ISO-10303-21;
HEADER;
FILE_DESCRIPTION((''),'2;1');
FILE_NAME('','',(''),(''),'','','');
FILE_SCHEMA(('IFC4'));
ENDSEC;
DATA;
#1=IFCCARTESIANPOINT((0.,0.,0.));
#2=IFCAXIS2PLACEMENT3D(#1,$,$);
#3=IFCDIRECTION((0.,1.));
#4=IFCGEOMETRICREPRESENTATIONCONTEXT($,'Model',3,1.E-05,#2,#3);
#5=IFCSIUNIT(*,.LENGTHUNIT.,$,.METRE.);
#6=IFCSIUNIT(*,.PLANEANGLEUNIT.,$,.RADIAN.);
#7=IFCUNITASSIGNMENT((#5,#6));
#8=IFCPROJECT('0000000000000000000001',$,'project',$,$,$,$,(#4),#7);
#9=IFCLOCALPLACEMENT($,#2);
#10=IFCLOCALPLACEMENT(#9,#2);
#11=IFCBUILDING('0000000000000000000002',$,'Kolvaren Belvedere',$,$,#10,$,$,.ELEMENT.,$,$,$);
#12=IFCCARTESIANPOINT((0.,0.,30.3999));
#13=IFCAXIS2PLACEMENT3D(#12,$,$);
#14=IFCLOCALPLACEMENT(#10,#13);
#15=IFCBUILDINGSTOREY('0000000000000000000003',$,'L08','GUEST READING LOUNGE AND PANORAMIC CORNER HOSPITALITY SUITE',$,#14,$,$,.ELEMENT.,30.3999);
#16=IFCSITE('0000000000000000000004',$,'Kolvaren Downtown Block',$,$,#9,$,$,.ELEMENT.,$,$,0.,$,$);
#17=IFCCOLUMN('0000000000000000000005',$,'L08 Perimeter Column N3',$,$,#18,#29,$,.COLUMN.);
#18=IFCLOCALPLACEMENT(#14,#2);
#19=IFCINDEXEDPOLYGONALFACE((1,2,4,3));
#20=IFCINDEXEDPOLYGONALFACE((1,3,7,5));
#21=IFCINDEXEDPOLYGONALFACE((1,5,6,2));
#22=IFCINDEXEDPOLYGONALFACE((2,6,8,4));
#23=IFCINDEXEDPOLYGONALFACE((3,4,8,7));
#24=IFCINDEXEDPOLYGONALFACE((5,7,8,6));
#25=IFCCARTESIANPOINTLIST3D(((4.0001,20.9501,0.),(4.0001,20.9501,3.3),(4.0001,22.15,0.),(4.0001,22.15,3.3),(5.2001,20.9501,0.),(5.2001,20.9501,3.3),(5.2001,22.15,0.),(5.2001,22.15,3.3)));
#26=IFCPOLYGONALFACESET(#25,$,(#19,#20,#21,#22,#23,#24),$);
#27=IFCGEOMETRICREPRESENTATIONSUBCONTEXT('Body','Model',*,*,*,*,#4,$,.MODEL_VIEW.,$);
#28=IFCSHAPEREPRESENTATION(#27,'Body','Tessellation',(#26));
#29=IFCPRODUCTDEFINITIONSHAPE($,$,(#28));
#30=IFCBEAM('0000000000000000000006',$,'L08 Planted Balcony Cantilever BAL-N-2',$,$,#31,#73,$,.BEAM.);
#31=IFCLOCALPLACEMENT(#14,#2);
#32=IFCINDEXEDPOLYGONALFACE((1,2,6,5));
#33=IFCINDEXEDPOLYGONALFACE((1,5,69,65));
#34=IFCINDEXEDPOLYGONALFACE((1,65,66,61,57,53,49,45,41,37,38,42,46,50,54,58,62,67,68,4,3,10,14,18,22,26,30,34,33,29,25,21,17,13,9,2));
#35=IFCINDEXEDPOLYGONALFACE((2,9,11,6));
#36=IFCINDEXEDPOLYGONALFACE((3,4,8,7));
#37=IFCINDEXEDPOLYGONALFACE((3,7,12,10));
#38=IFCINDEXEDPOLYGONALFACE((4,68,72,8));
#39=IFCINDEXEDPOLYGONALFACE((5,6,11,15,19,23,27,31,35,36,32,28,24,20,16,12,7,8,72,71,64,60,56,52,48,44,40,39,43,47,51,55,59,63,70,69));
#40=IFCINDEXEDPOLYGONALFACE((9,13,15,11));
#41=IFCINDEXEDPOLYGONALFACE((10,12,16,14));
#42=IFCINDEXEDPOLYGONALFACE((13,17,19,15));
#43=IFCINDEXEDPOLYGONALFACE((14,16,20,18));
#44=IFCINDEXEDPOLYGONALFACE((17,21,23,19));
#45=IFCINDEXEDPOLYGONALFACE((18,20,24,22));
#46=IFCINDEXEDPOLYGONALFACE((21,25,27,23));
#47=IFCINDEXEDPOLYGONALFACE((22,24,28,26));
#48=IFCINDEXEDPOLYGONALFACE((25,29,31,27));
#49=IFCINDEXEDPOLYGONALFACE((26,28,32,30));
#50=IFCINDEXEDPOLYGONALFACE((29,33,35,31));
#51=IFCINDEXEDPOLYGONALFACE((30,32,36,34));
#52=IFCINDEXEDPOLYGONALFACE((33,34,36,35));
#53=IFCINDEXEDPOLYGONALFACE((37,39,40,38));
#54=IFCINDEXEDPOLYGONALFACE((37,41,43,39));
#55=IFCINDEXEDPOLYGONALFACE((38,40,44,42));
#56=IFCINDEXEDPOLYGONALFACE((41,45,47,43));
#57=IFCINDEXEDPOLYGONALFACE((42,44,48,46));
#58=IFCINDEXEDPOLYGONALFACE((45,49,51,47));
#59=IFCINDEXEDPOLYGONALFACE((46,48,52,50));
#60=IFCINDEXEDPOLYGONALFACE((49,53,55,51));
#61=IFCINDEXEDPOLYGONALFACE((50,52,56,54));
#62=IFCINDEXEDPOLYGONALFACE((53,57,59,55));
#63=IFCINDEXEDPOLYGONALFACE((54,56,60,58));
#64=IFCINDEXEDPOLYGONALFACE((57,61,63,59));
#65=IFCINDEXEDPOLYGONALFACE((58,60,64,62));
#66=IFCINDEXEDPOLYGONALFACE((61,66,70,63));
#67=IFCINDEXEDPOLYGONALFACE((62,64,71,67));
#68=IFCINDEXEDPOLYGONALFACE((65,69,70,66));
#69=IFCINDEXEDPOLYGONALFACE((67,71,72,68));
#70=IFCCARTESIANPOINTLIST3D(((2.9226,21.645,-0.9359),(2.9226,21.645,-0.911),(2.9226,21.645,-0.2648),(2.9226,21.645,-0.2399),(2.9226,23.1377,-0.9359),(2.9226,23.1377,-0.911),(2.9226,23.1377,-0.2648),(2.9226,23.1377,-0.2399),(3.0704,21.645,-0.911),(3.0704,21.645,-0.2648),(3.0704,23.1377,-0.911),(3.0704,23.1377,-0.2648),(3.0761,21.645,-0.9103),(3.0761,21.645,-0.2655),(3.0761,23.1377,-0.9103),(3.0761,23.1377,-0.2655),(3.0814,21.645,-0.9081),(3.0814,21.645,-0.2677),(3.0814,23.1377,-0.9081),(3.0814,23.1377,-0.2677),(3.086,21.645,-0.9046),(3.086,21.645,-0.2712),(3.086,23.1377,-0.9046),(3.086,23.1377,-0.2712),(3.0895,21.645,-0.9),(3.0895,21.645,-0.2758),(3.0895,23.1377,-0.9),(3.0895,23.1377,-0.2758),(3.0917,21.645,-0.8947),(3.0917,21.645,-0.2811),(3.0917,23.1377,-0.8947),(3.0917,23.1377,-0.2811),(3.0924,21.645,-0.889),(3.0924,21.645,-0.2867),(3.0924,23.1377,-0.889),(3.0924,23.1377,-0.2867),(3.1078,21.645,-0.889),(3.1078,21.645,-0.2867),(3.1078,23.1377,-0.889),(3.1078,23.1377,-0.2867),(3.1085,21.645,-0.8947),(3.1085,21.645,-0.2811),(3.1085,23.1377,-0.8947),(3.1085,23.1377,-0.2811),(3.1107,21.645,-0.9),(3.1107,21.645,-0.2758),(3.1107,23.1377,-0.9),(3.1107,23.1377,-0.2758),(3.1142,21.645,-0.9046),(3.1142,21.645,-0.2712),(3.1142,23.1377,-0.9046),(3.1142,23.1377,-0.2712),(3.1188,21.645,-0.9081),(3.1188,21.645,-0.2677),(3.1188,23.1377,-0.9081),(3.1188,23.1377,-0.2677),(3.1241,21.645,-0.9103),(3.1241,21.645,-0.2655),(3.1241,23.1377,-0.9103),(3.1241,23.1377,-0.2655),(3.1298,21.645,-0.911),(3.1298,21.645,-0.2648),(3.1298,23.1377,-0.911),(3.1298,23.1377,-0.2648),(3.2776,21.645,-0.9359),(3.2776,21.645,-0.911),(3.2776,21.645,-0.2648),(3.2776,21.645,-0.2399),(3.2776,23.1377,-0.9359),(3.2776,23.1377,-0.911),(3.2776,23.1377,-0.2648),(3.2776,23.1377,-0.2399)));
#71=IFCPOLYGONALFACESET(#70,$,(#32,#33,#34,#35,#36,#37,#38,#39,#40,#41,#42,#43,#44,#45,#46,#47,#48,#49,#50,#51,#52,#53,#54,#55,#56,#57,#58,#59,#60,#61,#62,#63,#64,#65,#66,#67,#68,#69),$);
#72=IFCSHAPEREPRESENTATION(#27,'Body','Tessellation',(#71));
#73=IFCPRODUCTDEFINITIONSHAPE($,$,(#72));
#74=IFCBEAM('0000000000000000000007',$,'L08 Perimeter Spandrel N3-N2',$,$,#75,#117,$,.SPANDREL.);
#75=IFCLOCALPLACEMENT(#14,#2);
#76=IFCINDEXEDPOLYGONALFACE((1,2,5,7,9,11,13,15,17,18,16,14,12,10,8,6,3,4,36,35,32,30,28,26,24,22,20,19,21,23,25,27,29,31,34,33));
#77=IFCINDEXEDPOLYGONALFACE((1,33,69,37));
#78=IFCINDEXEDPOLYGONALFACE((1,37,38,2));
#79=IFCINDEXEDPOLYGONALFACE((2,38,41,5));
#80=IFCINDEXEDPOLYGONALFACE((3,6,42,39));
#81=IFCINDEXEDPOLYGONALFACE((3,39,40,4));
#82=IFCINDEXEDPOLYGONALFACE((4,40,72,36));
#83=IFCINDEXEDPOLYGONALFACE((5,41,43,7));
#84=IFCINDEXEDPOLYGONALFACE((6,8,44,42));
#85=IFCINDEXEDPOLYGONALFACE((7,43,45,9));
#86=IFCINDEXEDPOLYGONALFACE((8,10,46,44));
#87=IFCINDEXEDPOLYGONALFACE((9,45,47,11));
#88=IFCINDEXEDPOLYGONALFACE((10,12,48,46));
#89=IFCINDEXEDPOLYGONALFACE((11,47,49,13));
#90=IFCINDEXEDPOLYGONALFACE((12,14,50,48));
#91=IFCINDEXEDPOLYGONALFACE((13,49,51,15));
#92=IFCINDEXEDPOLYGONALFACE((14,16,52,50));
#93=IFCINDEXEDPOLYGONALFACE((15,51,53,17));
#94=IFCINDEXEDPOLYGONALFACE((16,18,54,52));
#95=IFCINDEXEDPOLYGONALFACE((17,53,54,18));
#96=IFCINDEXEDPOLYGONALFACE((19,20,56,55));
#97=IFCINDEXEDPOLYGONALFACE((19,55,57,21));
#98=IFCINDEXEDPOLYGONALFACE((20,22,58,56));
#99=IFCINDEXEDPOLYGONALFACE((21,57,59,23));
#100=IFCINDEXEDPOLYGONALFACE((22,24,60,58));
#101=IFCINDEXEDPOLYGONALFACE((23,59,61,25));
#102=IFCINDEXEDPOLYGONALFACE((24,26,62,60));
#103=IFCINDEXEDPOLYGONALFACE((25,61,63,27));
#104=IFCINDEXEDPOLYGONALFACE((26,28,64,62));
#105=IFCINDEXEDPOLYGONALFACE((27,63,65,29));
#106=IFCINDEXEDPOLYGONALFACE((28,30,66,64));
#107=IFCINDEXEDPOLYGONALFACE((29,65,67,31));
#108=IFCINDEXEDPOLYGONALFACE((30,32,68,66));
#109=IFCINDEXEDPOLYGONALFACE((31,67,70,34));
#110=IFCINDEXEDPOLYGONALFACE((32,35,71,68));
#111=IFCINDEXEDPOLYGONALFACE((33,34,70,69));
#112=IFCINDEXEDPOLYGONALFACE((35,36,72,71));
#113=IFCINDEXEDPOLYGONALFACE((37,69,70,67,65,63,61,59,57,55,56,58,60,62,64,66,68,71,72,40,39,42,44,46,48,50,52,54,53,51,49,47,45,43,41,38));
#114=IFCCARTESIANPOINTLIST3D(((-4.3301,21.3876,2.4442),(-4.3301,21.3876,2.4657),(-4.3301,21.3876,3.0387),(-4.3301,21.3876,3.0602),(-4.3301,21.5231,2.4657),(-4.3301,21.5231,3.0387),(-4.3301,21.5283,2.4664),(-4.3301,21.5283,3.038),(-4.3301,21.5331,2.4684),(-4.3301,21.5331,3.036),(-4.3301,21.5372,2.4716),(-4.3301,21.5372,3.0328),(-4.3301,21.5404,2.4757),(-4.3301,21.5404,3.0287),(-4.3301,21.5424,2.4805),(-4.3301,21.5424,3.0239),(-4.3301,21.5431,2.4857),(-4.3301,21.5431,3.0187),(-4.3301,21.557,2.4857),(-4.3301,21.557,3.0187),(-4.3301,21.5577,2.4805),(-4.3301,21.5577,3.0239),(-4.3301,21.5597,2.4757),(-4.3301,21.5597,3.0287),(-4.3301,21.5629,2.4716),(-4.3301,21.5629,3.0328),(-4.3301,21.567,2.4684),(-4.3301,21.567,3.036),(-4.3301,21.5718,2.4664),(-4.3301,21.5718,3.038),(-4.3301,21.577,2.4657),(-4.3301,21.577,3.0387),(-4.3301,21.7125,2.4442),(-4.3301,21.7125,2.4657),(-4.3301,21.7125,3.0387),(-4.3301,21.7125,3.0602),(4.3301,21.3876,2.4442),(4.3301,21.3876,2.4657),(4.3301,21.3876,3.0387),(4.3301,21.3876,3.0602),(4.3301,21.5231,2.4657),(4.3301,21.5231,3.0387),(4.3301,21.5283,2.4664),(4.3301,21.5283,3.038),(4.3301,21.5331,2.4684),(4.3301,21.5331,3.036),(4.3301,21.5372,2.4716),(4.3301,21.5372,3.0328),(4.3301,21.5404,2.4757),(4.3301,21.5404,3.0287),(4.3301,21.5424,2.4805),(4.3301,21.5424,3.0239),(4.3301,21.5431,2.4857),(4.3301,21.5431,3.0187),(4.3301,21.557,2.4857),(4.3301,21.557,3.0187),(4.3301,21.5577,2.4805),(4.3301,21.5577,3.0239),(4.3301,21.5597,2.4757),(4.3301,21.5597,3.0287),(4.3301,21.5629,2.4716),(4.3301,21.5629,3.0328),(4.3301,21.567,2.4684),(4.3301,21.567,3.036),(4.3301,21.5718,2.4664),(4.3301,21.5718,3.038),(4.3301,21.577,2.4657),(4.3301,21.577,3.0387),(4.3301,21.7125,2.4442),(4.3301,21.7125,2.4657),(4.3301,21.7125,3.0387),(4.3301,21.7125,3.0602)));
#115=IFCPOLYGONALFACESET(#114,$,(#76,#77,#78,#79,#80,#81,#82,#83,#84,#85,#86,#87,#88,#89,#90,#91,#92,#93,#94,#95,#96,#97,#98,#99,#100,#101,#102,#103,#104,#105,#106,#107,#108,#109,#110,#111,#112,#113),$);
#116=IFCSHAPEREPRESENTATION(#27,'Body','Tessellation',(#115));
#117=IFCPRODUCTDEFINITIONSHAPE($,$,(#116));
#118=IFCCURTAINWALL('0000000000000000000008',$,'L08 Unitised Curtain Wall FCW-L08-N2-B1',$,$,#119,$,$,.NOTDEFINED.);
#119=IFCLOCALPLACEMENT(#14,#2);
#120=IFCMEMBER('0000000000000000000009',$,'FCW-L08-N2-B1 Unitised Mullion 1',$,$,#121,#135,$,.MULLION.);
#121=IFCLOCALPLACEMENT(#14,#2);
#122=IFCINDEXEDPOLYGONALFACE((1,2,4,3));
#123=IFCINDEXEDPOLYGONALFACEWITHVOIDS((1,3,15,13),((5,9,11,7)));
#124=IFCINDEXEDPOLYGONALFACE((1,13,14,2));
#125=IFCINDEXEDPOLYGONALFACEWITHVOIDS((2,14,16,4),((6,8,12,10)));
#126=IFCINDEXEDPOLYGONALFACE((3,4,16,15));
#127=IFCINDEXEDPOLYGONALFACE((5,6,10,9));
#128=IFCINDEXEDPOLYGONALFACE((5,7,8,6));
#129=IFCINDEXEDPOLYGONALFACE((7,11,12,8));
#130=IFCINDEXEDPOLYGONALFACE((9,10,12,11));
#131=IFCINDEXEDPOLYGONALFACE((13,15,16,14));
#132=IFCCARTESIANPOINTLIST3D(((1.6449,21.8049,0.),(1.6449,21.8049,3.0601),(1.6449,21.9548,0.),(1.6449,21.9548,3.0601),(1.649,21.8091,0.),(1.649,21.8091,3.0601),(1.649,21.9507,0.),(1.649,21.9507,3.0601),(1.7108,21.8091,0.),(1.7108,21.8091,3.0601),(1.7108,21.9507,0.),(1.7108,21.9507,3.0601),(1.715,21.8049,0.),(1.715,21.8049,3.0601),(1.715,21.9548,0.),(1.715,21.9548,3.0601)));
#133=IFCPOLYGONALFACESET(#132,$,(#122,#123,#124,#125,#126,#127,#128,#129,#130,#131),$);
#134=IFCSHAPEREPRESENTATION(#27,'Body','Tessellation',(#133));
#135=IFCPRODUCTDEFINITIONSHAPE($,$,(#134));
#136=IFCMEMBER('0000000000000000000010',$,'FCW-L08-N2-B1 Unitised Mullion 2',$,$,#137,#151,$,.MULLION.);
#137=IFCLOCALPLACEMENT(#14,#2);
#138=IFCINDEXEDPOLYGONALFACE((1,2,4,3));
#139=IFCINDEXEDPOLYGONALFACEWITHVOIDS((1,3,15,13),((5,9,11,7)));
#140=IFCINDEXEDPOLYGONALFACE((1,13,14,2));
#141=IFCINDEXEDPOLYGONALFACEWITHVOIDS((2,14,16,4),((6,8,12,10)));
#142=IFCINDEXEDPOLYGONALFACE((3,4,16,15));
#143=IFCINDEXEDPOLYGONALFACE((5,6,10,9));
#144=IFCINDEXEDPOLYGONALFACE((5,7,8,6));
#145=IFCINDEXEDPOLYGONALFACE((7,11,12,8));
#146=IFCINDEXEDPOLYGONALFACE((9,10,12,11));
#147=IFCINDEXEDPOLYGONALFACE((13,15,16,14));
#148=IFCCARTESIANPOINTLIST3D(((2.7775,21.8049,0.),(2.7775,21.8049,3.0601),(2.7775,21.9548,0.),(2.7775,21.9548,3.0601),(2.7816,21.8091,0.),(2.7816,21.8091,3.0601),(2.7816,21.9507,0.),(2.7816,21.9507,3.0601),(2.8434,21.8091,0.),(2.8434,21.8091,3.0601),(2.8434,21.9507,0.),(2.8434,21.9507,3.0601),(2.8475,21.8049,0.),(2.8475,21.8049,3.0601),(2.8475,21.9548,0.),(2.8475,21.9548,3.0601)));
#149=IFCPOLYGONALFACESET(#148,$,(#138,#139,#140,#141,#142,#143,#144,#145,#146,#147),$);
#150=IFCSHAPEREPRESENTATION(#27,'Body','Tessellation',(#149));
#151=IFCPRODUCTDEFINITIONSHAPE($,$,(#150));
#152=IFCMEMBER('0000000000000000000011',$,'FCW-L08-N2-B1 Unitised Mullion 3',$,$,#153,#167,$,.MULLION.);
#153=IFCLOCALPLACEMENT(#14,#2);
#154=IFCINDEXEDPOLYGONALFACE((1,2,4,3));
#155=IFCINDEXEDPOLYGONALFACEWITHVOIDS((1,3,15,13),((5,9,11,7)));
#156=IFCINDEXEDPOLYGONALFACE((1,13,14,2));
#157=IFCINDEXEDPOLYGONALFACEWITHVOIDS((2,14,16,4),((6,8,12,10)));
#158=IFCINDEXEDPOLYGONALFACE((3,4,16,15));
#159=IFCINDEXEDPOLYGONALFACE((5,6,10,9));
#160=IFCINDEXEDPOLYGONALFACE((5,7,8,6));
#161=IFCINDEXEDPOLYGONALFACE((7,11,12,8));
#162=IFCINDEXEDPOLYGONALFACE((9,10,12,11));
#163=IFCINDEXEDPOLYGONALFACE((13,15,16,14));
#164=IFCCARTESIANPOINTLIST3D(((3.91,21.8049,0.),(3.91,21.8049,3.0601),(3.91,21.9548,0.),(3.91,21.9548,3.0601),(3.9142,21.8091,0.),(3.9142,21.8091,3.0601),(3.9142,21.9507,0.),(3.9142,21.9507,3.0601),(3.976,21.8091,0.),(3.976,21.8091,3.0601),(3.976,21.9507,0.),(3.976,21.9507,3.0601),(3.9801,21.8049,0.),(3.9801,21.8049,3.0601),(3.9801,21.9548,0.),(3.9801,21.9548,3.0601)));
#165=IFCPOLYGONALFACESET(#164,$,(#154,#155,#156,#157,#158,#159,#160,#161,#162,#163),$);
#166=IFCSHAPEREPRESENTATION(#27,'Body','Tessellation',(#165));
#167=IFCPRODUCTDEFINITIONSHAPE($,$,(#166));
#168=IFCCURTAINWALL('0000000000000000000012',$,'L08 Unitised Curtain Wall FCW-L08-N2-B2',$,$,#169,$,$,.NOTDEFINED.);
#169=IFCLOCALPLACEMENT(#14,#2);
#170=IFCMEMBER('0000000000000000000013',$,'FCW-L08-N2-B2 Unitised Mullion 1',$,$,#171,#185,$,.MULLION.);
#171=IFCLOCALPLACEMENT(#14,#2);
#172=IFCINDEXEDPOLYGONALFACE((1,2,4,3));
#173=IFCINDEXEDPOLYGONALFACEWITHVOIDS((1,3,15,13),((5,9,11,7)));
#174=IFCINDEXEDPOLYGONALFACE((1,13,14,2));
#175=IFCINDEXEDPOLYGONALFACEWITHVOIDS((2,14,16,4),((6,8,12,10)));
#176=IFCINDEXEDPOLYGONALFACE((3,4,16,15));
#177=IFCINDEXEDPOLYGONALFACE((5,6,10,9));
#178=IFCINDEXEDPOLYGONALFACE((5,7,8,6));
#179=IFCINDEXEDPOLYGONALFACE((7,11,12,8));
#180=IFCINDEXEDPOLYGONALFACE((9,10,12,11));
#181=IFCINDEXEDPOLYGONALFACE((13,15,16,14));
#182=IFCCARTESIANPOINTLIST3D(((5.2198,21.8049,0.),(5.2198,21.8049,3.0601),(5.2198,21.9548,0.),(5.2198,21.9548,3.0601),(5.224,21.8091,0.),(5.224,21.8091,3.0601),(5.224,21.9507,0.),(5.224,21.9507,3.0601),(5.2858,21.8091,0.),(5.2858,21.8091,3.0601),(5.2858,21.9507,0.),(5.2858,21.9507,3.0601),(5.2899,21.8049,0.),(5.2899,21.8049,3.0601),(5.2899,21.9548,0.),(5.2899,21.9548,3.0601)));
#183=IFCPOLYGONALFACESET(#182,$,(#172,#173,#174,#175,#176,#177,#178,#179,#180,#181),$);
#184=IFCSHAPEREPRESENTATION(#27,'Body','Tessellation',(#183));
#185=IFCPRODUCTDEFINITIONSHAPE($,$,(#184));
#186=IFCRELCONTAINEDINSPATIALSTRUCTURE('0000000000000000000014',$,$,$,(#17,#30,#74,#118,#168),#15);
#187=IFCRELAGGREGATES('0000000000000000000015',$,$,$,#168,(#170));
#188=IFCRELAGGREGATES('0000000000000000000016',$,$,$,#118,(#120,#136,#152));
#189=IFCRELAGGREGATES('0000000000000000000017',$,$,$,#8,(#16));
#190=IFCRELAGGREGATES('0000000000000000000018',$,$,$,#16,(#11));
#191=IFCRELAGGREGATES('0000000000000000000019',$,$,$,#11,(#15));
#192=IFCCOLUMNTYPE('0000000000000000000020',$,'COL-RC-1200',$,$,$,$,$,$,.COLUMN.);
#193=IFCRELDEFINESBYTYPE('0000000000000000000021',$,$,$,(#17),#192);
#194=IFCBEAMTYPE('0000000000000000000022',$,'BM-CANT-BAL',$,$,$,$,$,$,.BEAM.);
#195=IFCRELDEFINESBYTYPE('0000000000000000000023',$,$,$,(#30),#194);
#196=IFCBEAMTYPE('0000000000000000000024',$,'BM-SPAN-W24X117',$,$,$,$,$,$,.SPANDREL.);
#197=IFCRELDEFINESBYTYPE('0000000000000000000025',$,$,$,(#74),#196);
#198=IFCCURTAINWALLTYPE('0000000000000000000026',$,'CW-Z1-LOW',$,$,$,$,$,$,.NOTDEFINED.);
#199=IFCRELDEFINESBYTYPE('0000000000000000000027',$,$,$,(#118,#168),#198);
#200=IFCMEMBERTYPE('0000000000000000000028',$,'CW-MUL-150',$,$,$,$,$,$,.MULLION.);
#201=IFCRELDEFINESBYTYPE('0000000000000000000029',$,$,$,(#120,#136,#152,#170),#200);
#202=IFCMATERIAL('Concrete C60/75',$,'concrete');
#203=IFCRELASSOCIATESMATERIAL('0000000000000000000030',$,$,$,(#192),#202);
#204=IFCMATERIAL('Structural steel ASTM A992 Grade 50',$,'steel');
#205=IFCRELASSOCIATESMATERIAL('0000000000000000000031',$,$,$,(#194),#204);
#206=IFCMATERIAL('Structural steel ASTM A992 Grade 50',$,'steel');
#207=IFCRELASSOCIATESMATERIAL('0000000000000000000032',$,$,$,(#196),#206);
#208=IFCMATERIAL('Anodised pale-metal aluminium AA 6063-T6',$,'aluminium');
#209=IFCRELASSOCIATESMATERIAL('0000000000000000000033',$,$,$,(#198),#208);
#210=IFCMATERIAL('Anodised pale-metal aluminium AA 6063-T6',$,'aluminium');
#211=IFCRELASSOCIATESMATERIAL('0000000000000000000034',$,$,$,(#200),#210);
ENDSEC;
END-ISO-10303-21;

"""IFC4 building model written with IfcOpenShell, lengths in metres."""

from ifc_helpers import new_model, si_unit, direction, frame, origin, origin_2d, place, context, subcontext, project, spatial, rectangle, hollow_rectangle, i_section, extrude, material, material_profile, profile_set, type_object, element, aggregate, save


model = new_model("IFC4")

# Units and contexts
model_context = context("Model", 3, precision=1e-05, world=origin(), true_north=direction((0.0, 1.0)))
body_context = subcontext(model_context, "Body", "Model", "MODEL_VIEW")
ifc_project = project(units=[si_unit("LENGTHUNIT", "METRE"), si_unit("PLANEANGLEUNIT", "RADIAN")], contexts=[model_context])

# Site, building, storey
site_placement = place(None, origin())
site = spatial("IfcSite", under=ifc_project, at=site_placement, Name="Kolvaren Downtown Block", CompositionType="ELEMENT", RefElevation=0.0)
building_placement = place(site_placement, origin())
building = spatial("IfcBuilding", under=site, at=building_placement, Name="Kolvaren Belvedere", CompositionType="ELEMENT")
storey_placement = place(building_placement, frame((0.0, 0.0, 30.3999)))
storey = spatial("IfcBuildingStorey", under=building, at=storey_placement, Name="L08", Description="GUEST READING LOUNGE AND PANORAMIC CORNER HOSPITALITY SUITE", CompositionType="ELEMENT", Elevation=30.3999)

# Column
ifc_material_1 = material(Name="Concrete C60/75", Category="concrete")
ifc_material_profile_1 = material_profile(ifc_material_1, rectangle(XDim=1.2, YDim=1.2, at=origin_2d()), Name="RC 1200X1200")
ifc_profile_set_1 = profile_set([ifc_material_profile_1], Name="Concrete C60/75")
column_type = type_object("IfcColumnType", Name="COL-RC-1200", PredefinedType="COLUMN", material=ifc_profile_set_1)
column_placement = place(storey_placement, frame((4.6001, 21.55, 0.0), z_axis=(0.0, 0.0, 1.0), x_axis=(1.0, 0.0, 0.0)))
element("IfcColumn", 1, at=column_placement, inside=storey, type_object=column_type, Name="L08 Perimeter Column N3", PredefinedType="COLUMN", context=body_context, shape_type="SweptSolid", body=[
    extrude(rectangle(XDim=1.2, YDim=1.2, at=origin_2d()), origin(), (0.0, 0.0, 1.0), 3.3),
])

# Beams
ifc_material_2 = material(Name="Structural steel ASTM A992 Grade 50", Category="steel")
ifc_material_profile_2 = material_profile(ifc_material_2, i_section(OverallWidth=0.355, OverallDepth=0.696, WebThickness=0.0154, FlangeThickness=0.0249, FilletRadius=0.022, at=origin_2d()), Name="W27X146")
ifc_profile_set_2 = profile_set([ifc_material_profile_2], Name="Structural steel ASTM A992 Grade 50")
beam_type_1 = type_object("IfcBeamType", Name="BM-CANT-BAL", PredefinedType="BEAM", material=ifc_profile_set_2)
beam_1_placement = place(storey_placement, frame((3.1001, 21.645, -0.5879), z_axis=(0.0, 1.0, 0.0), x_axis=(-1.0, 0.0, 0.0)))
element("IfcBeam", 2, at=beam_1_placement, inside=storey, type_object=beam_type_1, Name="L08 Planted Balcony Cantilever BAL-N-2", PredefinedType="BEAM", context=body_context, shape_type="SweptSolid", body=[
    extrude(i_section(OverallWidth=0.355, OverallDepth=0.696, WebThickness=0.0154, FlangeThickness=0.0249, FilletRadius=0.022, at=origin_2d()), origin(), (0.0, 0.0, 1.0), 1.4927),
])
ifc_material_3 = material(Name="Structural steel ASTM A992 Grade 50", Category="steel")
ifc_material_profile_3 = material_profile(ifc_material_3, i_section(OverallWidth=0.325, OverallDepth=0.616, WebThickness=0.0139, FlangeThickness=0.0215, FilletRadius=0.02, at=origin_2d()), Name="W24X117")
ifc_profile_set_3 = profile_set([ifc_material_profile_3], Name="Structural steel ASTM A992 Grade 50")
beam_type_2 = type_object("IfcBeamType", Name="BM-SPAN-W24X117", PredefinedType="SPANDREL", material=ifc_profile_set_3)
beam_2_placement = place(storey_placement, frame((4.3301, 21.55, 2.7522), z_axis=(-1.0, 0.0, 0.0), x_axis=(0.0, -1.0, 0.0)))
element("IfcBeam", 3, at=beam_2_placement, inside=storey, type_object=beam_type_2, Name="L08 Perimeter Spandrel N3-N2", PredefinedType="SPANDREL", context=body_context, shape_type="SweptSolid", body=[
    extrude(i_section(OverallWidth=0.325, OverallDepth=0.616, WebThickness=0.0139, FlangeThickness=0.0215, FilletRadius=0.02, at=origin_2d()), origin(), (0.0, 0.0, 1.0), 8.6602),
])

# Curtain wall, members
ifc_material_4 = material(Name="Anodised pale-metal aluminium AA 6063-T6", Category="aluminium")
curtain_wall_type = type_object("IfcCurtainWallType", Name="CW-Z1-LOW", PredefinedType="NOTDEFINED", material=ifc_material_4)
curtain_wall_1_placement = place(storey_placement, origin())
curtain_wall_1 = element("IfcCurtainWall", 4, at=curtain_wall_1_placement, inside=storey, type_object=curtain_wall_type, Name="L08 Unitised Curtain Wall FCW-L08-N2-B1", PredefinedType="NOTDEFINED")
ifc_material_5 = material(Name="Anodised pale-metal aluminium AA 6063-T6", Category="aluminium")
ifc_material_profile_4 = material_profile(ifc_material_5, hollow_rectangle(XDim=0.0701, YDim=0.1499, WallThickness=0.0042, at=origin_2d()), Name="ALU-MUL-150X70")
ifc_profile_set_4 = profile_set([ifc_material_profile_4], Name="Anodised pale-metal aluminium AA 6063-T6")
member_type_1 = type_object("IfcMemberType", Name="CW-MUL-150", PredefinedType="MULLION", material=ifc_profile_set_4)
member_1_placement = place(storey_placement, frame((1.6799, 21.8799, 0.0), z_axis=(0.0, 0.0, 1.0), x_axis=(1.0, 0.0, 0.0)))
member_1 = element("IfcMember", 5, at=member_1_placement, type_object=member_type_1, Name="FCW-L08-N2-B1 Unitised Mullion 1", PredefinedType="MULLION", context=body_context, shape_type="SweptSolid", body=[
    extrude(hollow_rectangle(XDim=0.0701, YDim=0.1499, WallThickness=0.0042, at=origin_2d()), origin(), (0.0, 0.0, 1.0), 3.0601),
])
member_2_placement = place(storey_placement, frame((2.8125, 21.8799, 0.0), z_axis=(0.0, 0.0, 1.0), x_axis=(1.0, 0.0, 0.0)))
member_2 = element("IfcMember", 6, at=member_2_placement, type_object=member_type_1, Name="FCW-L08-N2-B1 Unitised Mullion 2", PredefinedType="MULLION", context=body_context, shape_type="SweptSolid", body=[
    extrude(hollow_rectangle(XDim=0.0701, YDim=0.1499, WallThickness=0.0042, at=origin_2d()), origin(), (0.0, 0.0, 1.0), 3.0601),
])
member_3_placement = place(storey_placement, frame((3.9451, 21.8799, 0.0), z_axis=(0.0, 0.0, 1.0), x_axis=(1.0, 0.0, 0.0)))
member_3 = element("IfcMember", 7, at=member_3_placement, type_object=member_type_1, Name="FCW-L08-N2-B1 Unitised Mullion 3", PredefinedType="MULLION", context=body_context, shape_type="SweptSolid", body=[
    extrude(hollow_rectangle(XDim=0.0701, YDim=0.1499, WallThickness=0.0042, at=origin_2d()), origin(), (0.0, 0.0, 1.0), 3.0601),
])

# Curtain wall, member
curtain_wall_2_placement = place(storey_placement, origin())
curtain_wall_2 = element("IfcCurtainWall", 8, at=curtain_wall_2_placement, inside=storey, type_object=curtain_wall_type, Name="L08 Unitised Curtain Wall FCW-L08-N2-B2", PredefinedType="NOTDEFINED")
member_4_placement = place(storey_placement, frame((5.2549, 21.8799, 0.0), z_axis=(0.0, 0.0, 1.0), x_axis=(1.0, 0.0, 0.0)))
member_4 = element("IfcMember", 9, at=member_4_placement, type_object=member_type_1, Name="FCW-L08-N2-B2 Unitised Mullion 1", PredefinedType="MULLION", context=body_context, shape_type="SweptSolid", body=[
    extrude(hollow_rectangle(XDim=0.0701, YDim=0.1499, WallThickness=0.0042, at=origin_2d()), origin(), (0.0, 0.0, 1.0), 3.0601),
])

aggregate(curtain_wall_2, [member_4])

aggregate(curtain_wall_1, [member_1, member_2, member_3])

save(model, "model.ifc")
